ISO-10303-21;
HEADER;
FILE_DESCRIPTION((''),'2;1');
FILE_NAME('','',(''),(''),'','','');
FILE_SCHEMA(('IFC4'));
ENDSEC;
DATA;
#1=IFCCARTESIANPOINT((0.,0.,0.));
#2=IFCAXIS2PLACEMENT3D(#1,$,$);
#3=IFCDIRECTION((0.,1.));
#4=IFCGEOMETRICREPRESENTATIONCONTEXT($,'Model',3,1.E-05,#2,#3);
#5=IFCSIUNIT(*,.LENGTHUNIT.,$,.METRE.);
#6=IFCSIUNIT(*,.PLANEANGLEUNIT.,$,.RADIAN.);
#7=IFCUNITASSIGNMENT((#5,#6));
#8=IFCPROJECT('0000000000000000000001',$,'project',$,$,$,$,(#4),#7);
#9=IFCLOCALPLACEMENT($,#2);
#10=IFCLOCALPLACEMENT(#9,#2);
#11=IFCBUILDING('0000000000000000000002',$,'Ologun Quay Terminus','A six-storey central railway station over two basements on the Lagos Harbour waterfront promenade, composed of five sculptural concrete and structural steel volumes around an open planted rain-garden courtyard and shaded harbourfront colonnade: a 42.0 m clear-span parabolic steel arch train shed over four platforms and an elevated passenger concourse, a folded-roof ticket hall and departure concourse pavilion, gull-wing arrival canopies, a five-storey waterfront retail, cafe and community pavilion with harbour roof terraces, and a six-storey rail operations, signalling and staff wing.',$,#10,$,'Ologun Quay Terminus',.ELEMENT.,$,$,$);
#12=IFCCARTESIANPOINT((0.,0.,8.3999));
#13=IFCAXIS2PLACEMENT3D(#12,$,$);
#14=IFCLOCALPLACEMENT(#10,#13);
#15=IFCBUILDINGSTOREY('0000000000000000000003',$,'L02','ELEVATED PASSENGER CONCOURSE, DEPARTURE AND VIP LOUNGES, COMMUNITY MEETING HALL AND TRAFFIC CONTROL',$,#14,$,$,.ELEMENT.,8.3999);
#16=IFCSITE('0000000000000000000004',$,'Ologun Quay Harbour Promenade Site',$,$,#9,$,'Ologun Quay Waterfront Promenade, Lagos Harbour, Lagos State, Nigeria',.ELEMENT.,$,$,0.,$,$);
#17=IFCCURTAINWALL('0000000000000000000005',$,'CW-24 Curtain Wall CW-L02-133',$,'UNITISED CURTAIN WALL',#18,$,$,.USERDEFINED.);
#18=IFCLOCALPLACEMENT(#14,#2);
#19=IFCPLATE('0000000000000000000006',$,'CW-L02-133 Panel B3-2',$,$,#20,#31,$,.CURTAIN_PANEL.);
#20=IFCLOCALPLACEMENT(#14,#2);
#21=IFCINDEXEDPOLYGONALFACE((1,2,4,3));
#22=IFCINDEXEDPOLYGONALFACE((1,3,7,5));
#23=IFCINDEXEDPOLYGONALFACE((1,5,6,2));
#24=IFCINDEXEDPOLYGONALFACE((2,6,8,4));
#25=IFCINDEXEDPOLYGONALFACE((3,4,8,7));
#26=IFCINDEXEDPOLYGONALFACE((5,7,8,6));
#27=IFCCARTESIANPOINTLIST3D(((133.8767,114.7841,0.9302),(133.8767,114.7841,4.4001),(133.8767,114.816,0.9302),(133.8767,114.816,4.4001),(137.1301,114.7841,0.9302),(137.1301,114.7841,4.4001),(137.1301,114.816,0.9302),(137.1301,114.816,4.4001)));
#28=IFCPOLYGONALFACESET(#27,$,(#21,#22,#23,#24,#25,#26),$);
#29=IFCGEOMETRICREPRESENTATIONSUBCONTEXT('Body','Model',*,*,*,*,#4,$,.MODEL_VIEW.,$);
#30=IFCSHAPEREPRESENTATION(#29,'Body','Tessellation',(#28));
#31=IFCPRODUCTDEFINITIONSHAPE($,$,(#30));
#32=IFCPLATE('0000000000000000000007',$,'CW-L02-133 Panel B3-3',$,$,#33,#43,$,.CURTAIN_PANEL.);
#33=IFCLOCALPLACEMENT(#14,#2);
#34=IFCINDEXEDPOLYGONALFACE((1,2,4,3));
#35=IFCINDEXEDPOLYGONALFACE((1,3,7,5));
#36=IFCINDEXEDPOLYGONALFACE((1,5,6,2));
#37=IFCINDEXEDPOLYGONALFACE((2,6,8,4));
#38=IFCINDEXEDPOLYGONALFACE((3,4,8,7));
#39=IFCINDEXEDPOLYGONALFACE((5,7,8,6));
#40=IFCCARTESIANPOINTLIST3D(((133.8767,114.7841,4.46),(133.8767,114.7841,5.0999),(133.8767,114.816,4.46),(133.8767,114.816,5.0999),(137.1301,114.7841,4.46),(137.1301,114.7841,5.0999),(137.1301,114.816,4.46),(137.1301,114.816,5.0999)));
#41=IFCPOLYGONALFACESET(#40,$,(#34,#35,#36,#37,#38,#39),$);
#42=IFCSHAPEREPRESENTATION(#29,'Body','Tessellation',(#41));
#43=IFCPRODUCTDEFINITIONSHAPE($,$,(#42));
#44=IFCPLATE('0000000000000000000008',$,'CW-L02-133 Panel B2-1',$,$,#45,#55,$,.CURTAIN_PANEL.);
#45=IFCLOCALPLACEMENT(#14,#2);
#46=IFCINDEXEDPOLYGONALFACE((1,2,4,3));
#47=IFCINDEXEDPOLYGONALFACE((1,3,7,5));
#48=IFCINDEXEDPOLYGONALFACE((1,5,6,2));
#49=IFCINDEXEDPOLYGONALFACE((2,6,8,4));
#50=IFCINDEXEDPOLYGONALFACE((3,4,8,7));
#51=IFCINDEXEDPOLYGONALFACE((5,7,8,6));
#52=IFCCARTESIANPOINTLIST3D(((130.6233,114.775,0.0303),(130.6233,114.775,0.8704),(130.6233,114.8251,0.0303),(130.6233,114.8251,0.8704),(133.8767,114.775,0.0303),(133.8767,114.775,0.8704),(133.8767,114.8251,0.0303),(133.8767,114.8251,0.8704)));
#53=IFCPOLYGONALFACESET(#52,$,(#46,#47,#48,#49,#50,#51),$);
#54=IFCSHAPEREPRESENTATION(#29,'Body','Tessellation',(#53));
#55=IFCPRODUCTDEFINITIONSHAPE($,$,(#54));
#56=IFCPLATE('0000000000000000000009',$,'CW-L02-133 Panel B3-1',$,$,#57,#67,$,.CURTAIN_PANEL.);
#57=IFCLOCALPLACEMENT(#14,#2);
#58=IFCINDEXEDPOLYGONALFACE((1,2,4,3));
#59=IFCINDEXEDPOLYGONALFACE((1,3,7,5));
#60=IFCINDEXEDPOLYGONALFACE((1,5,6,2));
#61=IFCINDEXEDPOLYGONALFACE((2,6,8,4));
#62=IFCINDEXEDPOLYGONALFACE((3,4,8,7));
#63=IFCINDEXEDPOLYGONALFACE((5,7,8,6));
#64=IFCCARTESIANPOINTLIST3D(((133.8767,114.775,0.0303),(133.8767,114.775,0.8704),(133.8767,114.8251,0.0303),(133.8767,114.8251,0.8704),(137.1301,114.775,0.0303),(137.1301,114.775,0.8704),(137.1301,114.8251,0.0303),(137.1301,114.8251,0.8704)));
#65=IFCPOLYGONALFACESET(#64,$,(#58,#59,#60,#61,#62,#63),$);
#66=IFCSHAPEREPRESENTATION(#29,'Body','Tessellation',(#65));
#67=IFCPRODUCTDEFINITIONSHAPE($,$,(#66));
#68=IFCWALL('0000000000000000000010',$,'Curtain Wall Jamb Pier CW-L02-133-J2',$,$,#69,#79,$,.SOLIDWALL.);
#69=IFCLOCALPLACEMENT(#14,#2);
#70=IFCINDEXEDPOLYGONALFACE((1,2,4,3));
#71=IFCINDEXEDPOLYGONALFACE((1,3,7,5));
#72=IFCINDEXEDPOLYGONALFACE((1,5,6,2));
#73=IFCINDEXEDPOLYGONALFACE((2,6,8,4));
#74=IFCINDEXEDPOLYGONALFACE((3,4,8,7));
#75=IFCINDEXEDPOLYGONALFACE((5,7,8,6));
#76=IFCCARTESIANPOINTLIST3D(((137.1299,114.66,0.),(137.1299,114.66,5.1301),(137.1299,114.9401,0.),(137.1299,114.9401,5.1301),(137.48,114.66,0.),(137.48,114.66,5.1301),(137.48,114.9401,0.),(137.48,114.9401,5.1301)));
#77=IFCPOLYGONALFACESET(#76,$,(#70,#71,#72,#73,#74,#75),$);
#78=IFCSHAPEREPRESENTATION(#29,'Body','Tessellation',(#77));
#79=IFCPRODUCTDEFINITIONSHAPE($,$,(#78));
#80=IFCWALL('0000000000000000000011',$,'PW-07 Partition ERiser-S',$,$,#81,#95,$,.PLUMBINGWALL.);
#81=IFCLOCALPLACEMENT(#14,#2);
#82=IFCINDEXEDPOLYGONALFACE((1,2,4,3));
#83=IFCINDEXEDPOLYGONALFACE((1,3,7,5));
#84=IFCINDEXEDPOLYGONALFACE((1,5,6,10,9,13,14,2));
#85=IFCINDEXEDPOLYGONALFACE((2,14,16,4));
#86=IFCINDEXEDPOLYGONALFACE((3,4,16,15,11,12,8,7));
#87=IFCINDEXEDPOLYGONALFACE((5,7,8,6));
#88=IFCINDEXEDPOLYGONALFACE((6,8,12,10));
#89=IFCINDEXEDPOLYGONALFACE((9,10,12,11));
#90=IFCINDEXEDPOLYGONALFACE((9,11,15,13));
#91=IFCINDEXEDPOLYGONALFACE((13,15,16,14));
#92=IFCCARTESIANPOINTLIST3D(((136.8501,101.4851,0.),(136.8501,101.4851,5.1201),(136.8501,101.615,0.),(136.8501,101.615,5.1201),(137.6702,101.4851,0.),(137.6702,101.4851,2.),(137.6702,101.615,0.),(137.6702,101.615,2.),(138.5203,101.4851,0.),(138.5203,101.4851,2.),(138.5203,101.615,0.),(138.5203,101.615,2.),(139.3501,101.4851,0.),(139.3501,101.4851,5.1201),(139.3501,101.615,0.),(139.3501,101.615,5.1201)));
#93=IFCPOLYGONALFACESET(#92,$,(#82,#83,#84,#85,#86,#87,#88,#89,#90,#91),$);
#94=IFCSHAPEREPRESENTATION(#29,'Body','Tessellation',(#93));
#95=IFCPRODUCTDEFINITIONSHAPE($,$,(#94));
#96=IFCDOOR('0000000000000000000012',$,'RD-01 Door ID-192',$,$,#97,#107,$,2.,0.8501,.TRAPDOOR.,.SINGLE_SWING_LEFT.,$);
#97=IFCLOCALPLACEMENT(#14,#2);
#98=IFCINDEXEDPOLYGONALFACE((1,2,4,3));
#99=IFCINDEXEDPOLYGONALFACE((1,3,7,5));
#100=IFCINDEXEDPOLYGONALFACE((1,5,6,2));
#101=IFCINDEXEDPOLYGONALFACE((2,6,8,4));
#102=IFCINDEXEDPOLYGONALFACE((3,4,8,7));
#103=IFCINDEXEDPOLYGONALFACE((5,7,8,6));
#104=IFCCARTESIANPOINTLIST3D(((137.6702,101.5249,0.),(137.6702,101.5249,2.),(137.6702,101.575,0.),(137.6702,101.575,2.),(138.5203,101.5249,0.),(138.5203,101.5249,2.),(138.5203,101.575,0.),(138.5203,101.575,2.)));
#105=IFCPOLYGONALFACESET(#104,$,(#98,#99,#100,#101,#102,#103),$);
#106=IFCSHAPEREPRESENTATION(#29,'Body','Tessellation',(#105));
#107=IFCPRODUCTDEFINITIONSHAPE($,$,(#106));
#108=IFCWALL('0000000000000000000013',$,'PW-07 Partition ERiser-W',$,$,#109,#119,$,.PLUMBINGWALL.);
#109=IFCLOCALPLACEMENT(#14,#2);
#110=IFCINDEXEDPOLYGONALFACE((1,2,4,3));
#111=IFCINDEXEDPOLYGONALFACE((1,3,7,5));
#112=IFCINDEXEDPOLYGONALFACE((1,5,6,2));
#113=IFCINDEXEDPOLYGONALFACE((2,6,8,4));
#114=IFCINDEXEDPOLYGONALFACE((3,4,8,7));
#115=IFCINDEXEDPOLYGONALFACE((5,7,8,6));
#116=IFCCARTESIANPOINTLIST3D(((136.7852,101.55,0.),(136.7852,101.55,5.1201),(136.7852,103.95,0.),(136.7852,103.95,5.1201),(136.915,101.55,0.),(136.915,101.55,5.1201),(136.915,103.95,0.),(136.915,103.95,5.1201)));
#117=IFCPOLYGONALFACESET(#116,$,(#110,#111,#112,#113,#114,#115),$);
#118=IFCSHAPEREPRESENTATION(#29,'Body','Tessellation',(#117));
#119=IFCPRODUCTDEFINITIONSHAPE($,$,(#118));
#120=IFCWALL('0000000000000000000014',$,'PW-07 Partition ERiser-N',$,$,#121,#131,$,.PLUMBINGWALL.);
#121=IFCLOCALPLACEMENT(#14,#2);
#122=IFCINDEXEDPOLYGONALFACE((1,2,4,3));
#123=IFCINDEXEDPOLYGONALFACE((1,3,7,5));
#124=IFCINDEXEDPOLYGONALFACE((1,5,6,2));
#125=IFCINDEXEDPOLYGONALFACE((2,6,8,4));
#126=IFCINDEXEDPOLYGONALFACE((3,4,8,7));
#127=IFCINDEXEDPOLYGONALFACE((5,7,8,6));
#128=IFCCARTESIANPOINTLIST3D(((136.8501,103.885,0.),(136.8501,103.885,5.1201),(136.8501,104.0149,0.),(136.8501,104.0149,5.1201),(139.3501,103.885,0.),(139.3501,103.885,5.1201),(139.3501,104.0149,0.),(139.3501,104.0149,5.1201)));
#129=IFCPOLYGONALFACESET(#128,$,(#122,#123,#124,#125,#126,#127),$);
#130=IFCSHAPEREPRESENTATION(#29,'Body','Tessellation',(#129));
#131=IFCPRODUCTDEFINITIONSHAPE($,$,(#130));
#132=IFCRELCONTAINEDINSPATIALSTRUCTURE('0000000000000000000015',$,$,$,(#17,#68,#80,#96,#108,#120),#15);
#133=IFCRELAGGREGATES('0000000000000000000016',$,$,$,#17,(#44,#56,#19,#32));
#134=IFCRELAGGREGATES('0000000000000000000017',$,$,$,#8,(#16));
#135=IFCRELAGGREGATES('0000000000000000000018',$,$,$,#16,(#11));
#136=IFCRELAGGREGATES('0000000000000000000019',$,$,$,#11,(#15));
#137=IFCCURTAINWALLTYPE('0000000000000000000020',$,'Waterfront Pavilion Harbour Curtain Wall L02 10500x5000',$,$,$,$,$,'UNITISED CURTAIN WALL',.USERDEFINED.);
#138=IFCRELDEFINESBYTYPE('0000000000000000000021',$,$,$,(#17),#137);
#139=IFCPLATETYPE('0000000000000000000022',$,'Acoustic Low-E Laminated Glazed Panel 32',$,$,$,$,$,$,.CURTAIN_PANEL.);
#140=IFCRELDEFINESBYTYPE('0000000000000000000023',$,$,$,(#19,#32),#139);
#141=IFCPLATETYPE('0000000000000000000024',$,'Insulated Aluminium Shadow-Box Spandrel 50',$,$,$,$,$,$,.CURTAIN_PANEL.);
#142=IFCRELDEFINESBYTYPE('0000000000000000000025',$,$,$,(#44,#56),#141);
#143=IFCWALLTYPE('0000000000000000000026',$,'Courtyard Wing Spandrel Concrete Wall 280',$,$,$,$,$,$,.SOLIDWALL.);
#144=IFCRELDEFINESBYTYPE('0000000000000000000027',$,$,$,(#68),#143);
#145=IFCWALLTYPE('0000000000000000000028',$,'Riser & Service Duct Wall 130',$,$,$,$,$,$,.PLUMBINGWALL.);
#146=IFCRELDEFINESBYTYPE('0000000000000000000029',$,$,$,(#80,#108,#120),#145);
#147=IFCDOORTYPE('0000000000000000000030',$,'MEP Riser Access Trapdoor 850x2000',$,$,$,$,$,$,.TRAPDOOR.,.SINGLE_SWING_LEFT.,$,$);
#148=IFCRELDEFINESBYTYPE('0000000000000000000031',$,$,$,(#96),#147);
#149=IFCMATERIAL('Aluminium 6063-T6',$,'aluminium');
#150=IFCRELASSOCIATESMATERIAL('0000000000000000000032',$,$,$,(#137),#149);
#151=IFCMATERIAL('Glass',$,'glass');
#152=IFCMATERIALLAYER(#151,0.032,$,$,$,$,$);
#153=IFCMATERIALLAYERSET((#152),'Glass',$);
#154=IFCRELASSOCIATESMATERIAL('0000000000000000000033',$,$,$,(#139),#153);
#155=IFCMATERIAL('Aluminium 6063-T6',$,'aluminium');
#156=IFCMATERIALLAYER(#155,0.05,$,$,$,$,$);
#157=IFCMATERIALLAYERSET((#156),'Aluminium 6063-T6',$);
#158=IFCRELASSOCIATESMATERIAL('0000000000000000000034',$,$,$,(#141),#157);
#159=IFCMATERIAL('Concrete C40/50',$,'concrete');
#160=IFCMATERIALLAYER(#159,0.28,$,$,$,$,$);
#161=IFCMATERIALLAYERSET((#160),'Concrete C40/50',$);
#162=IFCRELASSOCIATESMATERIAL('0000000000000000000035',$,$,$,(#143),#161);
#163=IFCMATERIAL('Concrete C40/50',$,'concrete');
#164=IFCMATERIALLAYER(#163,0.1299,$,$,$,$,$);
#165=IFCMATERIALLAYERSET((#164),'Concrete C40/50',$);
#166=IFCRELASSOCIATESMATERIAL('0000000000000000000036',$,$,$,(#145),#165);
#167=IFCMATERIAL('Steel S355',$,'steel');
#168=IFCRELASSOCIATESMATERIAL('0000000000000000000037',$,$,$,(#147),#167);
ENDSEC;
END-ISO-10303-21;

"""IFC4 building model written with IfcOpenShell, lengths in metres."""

from ifc_helpers import new_model, si_unit, direction, frame, frame_2d, origin, origin_2d, place, context, subcontext, project, spatial, rectangle, extrude, material, layer, layer_set, type_object, element, fill, aggregate, save


model = new_model("IFC4")

# Units and contexts
model_context = context("Model", 3, precision=1e-05, world=origin(), true_north=direction((0.0, 1.0)))
body_context = subcontext(model_context, "Body", "Model", "MODEL_VIEW")
ifc_project = project(units=[si_unit("LENGTHUNIT", "METRE"), si_unit("PLANEANGLEUNIT", "RADIAN")], contexts=[model_context])

# Site, building, storey
site_placement = place(None, origin())
site = spatial("IfcSite", under=ifc_project, at=site_placement, Name="Ologun Quay Harbour Promenade Site", LongName="Ologun Quay Waterfront Promenade, Lagos Harbour, Lagos State, Nigeria", CompositionType="ELEMENT", RefElevation=0.0)
building_placement = place(site_placement, origin())
building = spatial("IfcBuilding", under=site, at=building_placement, Name="Ologun Quay Terminus", Description="A six-storey central railway station over two basements on the Lagos Harbour waterfront promenade, composed of five sculptural concrete and structural steel volumes around an open planted rain-garden courtyard and shaded harbourfront colonnade: a 42.0 m clear-span parabolic steel arch train shed over four platforms and an elevated passenger concourse, a folded-roof ticket hall and departure concourse pavilion, gull-wing arrival canopies, a five-storey waterfront retail, cafe and community pavilion with harbour roof terraces, and a six-storey rail operations, signalling and staff wing.", LongName="Ologun Quay Terminus", CompositionType="ELEMENT")
storey_placement = place(building_placement, frame((0.0, 0.0, 8.3999)))
storey = spatial("IfcBuildingStorey", under=building, at=storey_placement, Name="L02", Description="ELEVATED PASSENGER CONCOURSE, DEPARTURE AND VIP LOUNGES, COMMUNITY MEETING HALL AND TRAFFIC CONTROL", CompositionType="ELEMENT", Elevation=8.3999)

# Curtain wall, plates
ifc_material_1 = material(Name="Aluminium 6063-T6", Category="aluminium")
curtain_wall_type = type_object("IfcCurtainWallType", Name="Waterfront Pavilion Harbour Curtain Wall L02 10500x5000", ElementType="UNITISED CURTAIN WALL", PredefinedType="USERDEFINED", material=ifc_material_1)
curtain_wall_placement = place(storey_placement, origin())
curtain_wall = element("IfcCurtainWall", 1, at=curtain_wall_placement, inside=storey, type_object=curtain_wall_type, Name="CW-24 Curtain Wall CW-L02-133", ObjectType="UNITISED CURTAIN WALL", PredefinedType="USERDEFINED")
ifc_material_2 = material(Name="Glass", Category="glass")
ifc_layer_1 = layer(ifc_material_2, 0.032)
ifc_layer_set_1 = layer_set([ifc_layer_1], Name="Glass")
plate_type_1 = type_object("IfcPlateType", Name="Acoustic Low-E Laminated Glazed Panel 32", PredefinedType="CURTAIN_PANEL", material=ifc_layer_set_1)
plate_1_placement = place(storey_placement, frame((135.5034, 114.8, 0.9302), z_axis=(0.0, 0.0, 1.0), x_axis=(1.0, 0.0, 0.0)))
plate_1 = element("IfcPlate", 2, at=plate_1_placement, type_object=plate_type_1, Name="CW-L02-133 Panel B3-2", PredefinedType="CURTAIN_PANEL", context=body_context, shape_type="SweptSolid", body=[
    extrude(rectangle(XDim=3.2534, YDim=0.032, at=origin_2d()), origin(), (0.0, 0.0, 1.0), 3.47),
])
plate_2_placement = place(storey_placement, frame((135.5034, 114.8, 4.46), z_axis=(0.0, 0.0, 1.0), x_axis=(1.0, 0.0, 0.0)))
plate_2 = element("IfcPlate", 3, at=plate_2_placement, type_object=plate_type_1, Name="CW-L02-133 Panel B3-3", PredefinedType="CURTAIN_PANEL", context=body_context, shape_type="SweptSolid", body=[
    extrude(rectangle(XDim=3.2534, YDim=0.032, at=origin_2d()), origin(), (0.0, 0.0, 1.0), 0.6399),
])
ifc_material_3 = material(Name="Aluminium 6063-T6", Category="aluminium")
ifc_layer_2 = layer(ifc_material_3, 0.05)
ifc_layer_set_2 = layer_set([ifc_layer_2], Name="Aluminium 6063-T6")
plate_type_2 = type_object("IfcPlateType", Name="Insulated Aluminium Shadow-Box Spandrel 50", PredefinedType="CURTAIN_PANEL", material=ifc_layer_set_2)
plate_3_placement = place(storey_placement, frame((132.25, 114.8, 0.0303), z_axis=(0.0, 0.0, 1.0), x_axis=(1.0, 0.0, 0.0)))
plate_3 = element("IfcPlate", 4, at=plate_3_placement, type_object=plate_type_2, Name="CW-L02-133 Panel B2-1", PredefinedType="CURTAIN_PANEL", context=body_context, shape_type="SweptSolid", body=[
    extrude(rectangle(XDim=3.2534, YDim=0.05, at=origin_2d()), origin(), (0.0, 0.0, 1.0), 0.8401),
])
plate_4_placement = place(storey_placement, frame((135.5034, 114.8, 0.0303), z_axis=(0.0, 0.0, 1.0), x_axis=(1.0, 0.0, 0.0)))
plate_4 = element("IfcPlate", 5, at=plate_4_placement, type_object=plate_type_2, Name="CW-L02-133 Panel B3-1", PredefinedType="CURTAIN_PANEL", context=body_context, shape_type="SweptSolid", body=[
    extrude(rectangle(XDim=3.2534, YDim=0.05, at=origin_2d()), origin(), (0.0, 0.0, 1.0), 0.8401),
])
aggregate(curtain_wall, [plate_3, plate_4, plate_1, plate_2])

# Wall
ifc_material_4 = material(Name="Concrete C40/50", Category="concrete")
ifc_layer_3 = layer(ifc_material_4, 0.28)
ifc_layer_set_3 = layer_set([ifc_layer_3], Name="Concrete C40/50")
wall_type_1 = type_object("IfcWallType", Name="Courtyard Wing Spandrel Concrete Wall 280", PredefinedType="SOLIDWALL", material=ifc_layer_set_3)
wall_1_placement = place(storey_placement, frame((137.1299, 114.8, 0.0), z_axis=(0.0, 0.0, 1.0), x_axis=(1.0, 0.0, 0.0)))
element("IfcWall", 6, at=wall_1_placement, inside=storey, type_object=wall_type_1, Name="Curtain Wall Jamb Pier CW-L02-133-J2", PredefinedType="SOLIDWALL", context=body_context, shape_type="SweptSolid", body=[
    extrude(rectangle(XDim=0.3501, YDim=0.28, at=frame_2d((0.175, 0.0))), origin(), (0.0, 0.0, 1.0), 5.1301),
])

# Wall, opening, door
ifc_material_5 = material(Name="Concrete C40/50", Category="concrete")
ifc_layer_4 = layer(ifc_material_5, 0.1299)
ifc_layer_set_4 = layer_set([ifc_layer_4], Name="Concrete C40/50")
wall_type_2 = type_object("IfcWallType", Name="Riser & Service Duct Wall 130", PredefinedType="PLUMBINGWALL", material=ifc_layer_set_4)
wall_2_placement = place(storey_placement, frame((136.8501, 101.55, 0.0), z_axis=(0.0, 0.0, 1.0), x_axis=(1.0, 0.0, 0.0)))
wall_2 = element("IfcWall", 7, at=wall_2_placement, inside=storey, type_object=wall_type_2, Name="PW-07 Partition ERiser-S", PredefinedType="PLUMBINGWALL", context=body_context, shape_type="SweptSolid", body=[
    extrude(rectangle(XDim=2.5, YDim=0.1299, at=frame_2d((1.25, 0.0))), origin(), (0.0, 0.0, 1.0), 5.1201),
])
opening_placement = place(wall_2_placement, frame((0.8201, 0.0, 0.0)))
opening = element("IfcOpeningElement", 8, at=opening_placement, cuts=wall_2, PredefinedType="OPENING", context=body_context, shape_type="SweptSolid", body=[
    extrude(rectangle(XDim=0.8501, YDim=2.0, at=frame_2d((0.425, 1.0))), frame((0.0, 0.075, 0.0), z_axis=(0.0, -1.0, 0.0), x_axis=(1.0, 0.0, 0.0)), (0.0, 0.0, 1.0), 0.1499),
])
ifc_material_6 = material(Name="Steel S355", Category="steel")
door_type = type_object("IfcDoorType", Name="MEP Riser Access Trapdoor 850x2000", OperationType="SINGLE_SWING_LEFT", PredefinedType="TRAPDOOR", material=ifc_material_6)
door_placement = place(opening_placement, origin())
door = element("IfcDoor", 9, at=door_placement, inside=storey, type_object=door_type, Name="RD-01 Door ID-192", OperationType="SINGLE_SWING_LEFT", OverallHeight=2.0, OverallWidth=0.8501, PredefinedType="TRAPDOOR", context=body_context, shape_type="SweptSolid", body=[
    extrude(rectangle(XDim=0.8501, YDim=2.0, at=frame_2d((0.425, 1.0))), frame((0.0, 0.0249, 0.0), z_axis=(0.0, -1.0, 0.0), x_axis=(1.0, 0.0, 0.0)), (0.0, 0.0, 1.0), 0.05),
])
fill(opening, door)

# Walls
wall_3_placement = place(storey_placement, frame((136.8501, 101.55, 0.0), z_axis=(0.0, 0.0, 1.0), x_axis=(0.0, 1.0, 0.0)))
element("IfcWall", 10, at=wall_3_placement, inside=storey, type_object=wall_type_2, Name="PW-07 Partition ERiser-W", PredefinedType="PLUMBINGWALL", context=body_context, shape_type="SweptSolid", body=[
    extrude(rectangle(XDim=2.3999, YDim=0.1299, at=frame_2d((1.2, 0.0))), origin(), (0.0, 0.0, 1.0), 5.1201),
])
wall_4_placement = place(storey_placement, frame((136.8501, 103.95, 0.0), z_axis=(0.0, 0.0, 1.0), x_axis=(1.0, 0.0, 0.0)))
element("IfcWall", 11, at=wall_4_placement, inside=storey, type_object=wall_type_2, Name="PW-07 Partition ERiser-N", PredefinedType="PLUMBINGWALL", context=body_context, shape_type="SweptSolid", body=[
    extrude(rectangle(XDim=2.5, YDim=0.1299, at=frame_2d((1.25, 0.0))), origin(), (0.0, 0.0, 1.0), 5.1201),
])

save(model, "model.ifc")
